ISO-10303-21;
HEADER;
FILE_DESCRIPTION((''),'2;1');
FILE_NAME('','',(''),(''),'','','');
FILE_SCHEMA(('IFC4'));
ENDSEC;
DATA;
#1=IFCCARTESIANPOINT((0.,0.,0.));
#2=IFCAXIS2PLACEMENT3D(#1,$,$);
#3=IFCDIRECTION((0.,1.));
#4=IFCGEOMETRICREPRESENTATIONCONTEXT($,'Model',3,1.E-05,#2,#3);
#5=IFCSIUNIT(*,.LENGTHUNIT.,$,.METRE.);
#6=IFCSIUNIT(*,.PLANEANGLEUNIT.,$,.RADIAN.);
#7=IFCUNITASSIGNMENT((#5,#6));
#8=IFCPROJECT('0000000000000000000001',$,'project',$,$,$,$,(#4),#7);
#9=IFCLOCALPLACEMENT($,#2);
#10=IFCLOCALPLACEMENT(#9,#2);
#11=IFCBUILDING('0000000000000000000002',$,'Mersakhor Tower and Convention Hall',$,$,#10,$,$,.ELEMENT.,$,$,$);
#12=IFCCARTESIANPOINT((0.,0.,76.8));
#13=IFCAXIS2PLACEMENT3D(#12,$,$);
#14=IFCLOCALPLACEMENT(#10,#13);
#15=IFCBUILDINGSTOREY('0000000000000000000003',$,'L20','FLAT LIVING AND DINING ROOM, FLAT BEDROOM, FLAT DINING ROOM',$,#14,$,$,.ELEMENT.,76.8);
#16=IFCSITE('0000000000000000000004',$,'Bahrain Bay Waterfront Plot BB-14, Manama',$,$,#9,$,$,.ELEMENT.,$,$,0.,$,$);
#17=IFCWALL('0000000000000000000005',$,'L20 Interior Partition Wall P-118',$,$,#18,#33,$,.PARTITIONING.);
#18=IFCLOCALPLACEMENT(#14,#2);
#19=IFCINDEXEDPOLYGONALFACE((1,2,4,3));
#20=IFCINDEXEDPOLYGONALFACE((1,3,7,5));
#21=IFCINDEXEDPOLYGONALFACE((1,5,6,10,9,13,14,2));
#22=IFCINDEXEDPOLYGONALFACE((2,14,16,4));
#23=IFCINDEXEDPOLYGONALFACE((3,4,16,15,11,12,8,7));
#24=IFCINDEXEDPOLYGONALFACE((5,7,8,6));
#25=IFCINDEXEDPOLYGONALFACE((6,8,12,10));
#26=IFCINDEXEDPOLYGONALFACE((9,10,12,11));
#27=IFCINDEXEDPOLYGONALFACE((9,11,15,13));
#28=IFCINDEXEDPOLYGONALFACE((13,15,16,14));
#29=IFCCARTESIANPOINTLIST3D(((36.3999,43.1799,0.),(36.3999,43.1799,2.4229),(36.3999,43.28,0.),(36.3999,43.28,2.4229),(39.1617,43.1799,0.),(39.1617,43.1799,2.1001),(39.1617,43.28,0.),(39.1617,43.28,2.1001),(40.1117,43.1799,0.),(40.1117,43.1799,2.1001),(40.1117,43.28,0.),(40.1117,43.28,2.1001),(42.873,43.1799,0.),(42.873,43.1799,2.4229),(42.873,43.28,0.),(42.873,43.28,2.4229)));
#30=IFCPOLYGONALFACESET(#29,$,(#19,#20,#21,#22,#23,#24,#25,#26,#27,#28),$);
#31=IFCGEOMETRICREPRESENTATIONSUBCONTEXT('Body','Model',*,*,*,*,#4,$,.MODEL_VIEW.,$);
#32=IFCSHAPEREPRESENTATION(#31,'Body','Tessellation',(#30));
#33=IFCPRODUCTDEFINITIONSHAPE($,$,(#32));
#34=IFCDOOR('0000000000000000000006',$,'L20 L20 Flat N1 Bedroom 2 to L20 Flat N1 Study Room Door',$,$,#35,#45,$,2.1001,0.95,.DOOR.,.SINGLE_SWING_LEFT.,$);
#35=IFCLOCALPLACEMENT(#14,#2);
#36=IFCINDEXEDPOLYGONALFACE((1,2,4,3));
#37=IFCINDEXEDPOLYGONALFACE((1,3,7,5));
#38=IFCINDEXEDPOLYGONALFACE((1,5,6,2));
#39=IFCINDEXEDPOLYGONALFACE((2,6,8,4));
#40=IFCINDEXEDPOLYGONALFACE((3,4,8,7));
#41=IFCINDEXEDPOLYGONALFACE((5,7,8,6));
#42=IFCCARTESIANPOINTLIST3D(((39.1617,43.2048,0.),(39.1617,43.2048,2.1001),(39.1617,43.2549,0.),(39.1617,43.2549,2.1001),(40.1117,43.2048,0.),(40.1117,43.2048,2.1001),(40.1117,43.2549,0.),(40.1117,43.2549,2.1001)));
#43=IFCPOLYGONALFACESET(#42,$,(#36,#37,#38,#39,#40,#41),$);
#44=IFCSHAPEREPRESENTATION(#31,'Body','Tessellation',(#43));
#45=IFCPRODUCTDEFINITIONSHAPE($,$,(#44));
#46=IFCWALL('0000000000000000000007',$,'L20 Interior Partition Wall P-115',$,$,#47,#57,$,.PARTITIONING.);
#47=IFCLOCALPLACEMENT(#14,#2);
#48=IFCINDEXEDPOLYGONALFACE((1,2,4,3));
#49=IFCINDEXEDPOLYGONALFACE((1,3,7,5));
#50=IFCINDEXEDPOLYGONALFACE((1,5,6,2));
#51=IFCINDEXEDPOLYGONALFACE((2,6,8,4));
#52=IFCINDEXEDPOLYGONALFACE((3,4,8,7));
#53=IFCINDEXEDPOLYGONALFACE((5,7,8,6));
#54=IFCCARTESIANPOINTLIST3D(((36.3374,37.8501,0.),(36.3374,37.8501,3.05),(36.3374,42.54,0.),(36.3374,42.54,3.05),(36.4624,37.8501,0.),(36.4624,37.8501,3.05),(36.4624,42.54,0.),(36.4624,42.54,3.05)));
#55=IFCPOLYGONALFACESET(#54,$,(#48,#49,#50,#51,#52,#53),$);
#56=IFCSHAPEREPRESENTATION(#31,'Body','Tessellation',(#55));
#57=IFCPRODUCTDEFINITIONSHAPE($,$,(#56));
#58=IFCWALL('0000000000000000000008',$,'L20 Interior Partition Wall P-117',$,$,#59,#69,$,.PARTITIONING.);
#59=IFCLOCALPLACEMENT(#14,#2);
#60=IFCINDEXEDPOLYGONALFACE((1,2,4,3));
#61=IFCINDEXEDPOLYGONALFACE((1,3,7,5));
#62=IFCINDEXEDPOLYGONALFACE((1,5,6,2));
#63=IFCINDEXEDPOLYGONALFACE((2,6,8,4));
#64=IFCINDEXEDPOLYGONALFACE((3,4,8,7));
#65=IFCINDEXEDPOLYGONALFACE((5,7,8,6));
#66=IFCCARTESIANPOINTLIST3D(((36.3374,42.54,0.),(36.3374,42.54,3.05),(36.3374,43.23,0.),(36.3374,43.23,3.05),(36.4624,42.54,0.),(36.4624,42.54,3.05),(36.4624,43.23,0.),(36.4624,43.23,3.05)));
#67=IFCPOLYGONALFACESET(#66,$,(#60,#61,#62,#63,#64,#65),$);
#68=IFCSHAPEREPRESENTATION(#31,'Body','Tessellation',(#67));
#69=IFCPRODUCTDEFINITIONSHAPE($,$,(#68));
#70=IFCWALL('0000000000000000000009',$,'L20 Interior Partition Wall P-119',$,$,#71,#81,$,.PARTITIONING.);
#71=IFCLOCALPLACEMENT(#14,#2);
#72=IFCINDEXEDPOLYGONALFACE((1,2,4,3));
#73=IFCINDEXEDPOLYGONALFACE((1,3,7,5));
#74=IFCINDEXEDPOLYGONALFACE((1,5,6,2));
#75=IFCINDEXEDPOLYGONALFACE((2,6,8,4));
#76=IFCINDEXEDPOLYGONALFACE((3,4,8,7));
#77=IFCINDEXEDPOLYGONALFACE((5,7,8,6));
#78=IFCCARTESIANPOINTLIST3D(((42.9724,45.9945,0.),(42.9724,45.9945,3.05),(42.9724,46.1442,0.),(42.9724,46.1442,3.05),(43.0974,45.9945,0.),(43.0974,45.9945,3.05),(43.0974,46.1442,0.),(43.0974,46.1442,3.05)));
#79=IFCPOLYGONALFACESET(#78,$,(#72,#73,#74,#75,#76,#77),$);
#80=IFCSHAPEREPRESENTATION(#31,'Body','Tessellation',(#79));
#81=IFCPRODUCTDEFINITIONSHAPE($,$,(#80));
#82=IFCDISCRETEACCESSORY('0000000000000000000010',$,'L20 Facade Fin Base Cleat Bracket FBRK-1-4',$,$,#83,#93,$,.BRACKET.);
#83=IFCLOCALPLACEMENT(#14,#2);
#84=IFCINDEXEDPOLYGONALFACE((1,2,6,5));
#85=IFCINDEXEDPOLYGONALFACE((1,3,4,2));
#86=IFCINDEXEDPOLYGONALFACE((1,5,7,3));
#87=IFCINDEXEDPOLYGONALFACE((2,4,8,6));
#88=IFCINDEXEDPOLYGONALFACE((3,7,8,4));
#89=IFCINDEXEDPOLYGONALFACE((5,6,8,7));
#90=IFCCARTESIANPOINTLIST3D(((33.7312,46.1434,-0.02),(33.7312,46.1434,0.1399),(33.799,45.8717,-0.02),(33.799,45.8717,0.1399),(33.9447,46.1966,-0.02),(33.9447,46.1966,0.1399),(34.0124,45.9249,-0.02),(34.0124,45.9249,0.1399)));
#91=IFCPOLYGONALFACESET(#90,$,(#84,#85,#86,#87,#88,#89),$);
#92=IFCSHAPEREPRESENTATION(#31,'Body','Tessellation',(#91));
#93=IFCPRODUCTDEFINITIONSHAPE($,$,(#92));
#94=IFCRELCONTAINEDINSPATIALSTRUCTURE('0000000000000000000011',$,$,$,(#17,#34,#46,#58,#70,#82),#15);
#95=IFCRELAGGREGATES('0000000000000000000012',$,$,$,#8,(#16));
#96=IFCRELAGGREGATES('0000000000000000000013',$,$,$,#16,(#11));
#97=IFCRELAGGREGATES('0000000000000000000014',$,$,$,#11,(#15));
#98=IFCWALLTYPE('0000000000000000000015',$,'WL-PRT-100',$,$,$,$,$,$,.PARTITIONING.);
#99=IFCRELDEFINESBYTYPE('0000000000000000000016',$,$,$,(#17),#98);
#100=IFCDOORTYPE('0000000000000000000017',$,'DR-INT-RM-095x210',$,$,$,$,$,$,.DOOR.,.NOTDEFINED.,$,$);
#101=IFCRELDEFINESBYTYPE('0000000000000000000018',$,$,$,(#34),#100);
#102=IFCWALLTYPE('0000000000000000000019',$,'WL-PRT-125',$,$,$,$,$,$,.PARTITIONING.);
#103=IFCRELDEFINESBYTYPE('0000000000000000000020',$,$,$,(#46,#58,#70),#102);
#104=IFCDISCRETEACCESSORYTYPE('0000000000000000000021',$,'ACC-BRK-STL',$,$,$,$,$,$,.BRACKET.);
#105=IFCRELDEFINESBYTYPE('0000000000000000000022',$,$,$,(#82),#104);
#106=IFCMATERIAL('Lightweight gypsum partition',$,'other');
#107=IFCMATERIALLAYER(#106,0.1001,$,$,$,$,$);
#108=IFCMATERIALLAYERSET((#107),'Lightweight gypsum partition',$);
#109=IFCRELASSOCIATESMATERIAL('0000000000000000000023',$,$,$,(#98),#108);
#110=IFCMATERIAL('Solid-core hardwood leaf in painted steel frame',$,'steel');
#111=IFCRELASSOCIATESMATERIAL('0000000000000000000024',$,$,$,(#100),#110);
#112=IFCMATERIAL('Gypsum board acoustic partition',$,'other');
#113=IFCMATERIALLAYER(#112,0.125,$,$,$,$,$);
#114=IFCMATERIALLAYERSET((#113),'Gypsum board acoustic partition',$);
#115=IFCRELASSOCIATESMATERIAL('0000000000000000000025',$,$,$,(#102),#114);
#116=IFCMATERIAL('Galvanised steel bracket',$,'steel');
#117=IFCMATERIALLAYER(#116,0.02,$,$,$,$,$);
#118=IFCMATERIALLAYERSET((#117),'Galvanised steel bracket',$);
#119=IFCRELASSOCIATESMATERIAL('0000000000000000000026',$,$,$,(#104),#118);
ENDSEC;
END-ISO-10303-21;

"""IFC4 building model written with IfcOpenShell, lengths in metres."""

from ifc_helpers import new_model, si_unit, direction, frame, frame_2d, origin, origin_2d, place, context, subcontext, project, spatial, rectangle, extrude, material, layer, layer_set, type_object, element, fill, save


model = new_model("IFC4")

# Units and contexts
model_context = context("Model", 3, precision=1e-05, world=origin(), true_north=direction((0.0, 1.0)))
body_context = subcontext(model_context, "Body", "Model", "MODEL_VIEW")
ifc_project = project(units=[si_unit("LENGTHUNIT", "METRE"), si_unit("PLANEANGLEUNIT", "RADIAN")], contexts=[model_context])

# Site, building, storey
site_placement = place(None, origin())
site = spatial("IfcSite", under=ifc_project, at=site_placement, Name="Bahrain Bay Waterfront Plot BB-14, Manama", CompositionType="ELEMENT", RefElevation=0.0)
building_placement = place(site_placement, origin())
building = spatial("IfcBuilding", under=site, at=building_placement, Name="Mersakhor Tower and Convention Hall", CompositionType="ELEMENT")
storey_placement = place(building_placement, frame((0.0, 0.0, 76.8)))
storey = spatial("IfcBuildingStorey", under=building, at=storey_placement, Name="L20", Description="FLAT LIVING AND DINING ROOM, FLAT BEDROOM, FLAT DINING ROOM", CompositionType="ELEMENT", Elevation=76.8)

# Shared definitions
ifc_material_1 = material(Name="Lightweight gypsum partition", Category="other")
ifc_layer_1 = layer(ifc_material_1, 0.1001)
ifc_layer_set_1 = layer_set([ifc_layer_1], Name="Lightweight gypsum partition")
wall_type_1 = type_object("IfcWallType", Name="WL-PRT-100", PredefinedType="PARTITIONING", material=ifc_layer_set_1)
ifc_material_2 = material(Name="Solid-core hardwood leaf in painted steel frame", Category="steel")
door_type_1 = type_object("IfcDoorType", Name="DR-INT-RM-095x210", OperationType="NOTDEFINED", PredefinedType="DOOR", material=ifc_material_2)

# Wall, opening, door
wall_1_placement = place(storey_placement, frame((36.3999, 43.23, 0.0), z_axis=(0.0, 0.0, 1.0), x_axis=(1.0, 0.0, 0.0)))
wall_1 = element("IfcWall", 1, at=wall_1_placement, inside=storey, type_object=wall_type_1, Name="L20 Interior Partition Wall P-118", PredefinedType="PARTITIONING", context=body_context, shape_type="SweptSolid", body=[
    extrude(rectangle(XDim=6.4731, YDim=0.1001, at=frame_2d((3.2366, 0.0))), origin(), (0.0, 0.0, 1.0), 2.4229),
])
opening_1_placement = place(wall_1_placement, frame((2.7617, 0.0, 0.0)))
opening_1 = element("IfcOpeningElement", 2, at=opening_1_placement, cuts=wall_1, PredefinedType="OPENING", context=body_context, shape_type="SweptSolid", body=[
    extrude(rectangle(XDim=0.95, YDim=2.1001, at=frame_2d((0.4751, 1.05))), frame((0.0, 0.0601, 0.0), z_axis=(0.0, -1.0, 0.0), x_axis=(1.0, 0.0, 0.0)), (0.0, 0.0, 1.0), 0.1201),
])
door_1_placement = place(opening_1_placement, origin())
door_1 = element("IfcDoor", 3, at=door_1_placement, inside=storey, type_object=door_type_1, Name="L20 L20 Flat N1 Bedroom 2 to L20 Flat N1 Study Room Door", OperationType="SINGLE_SWING_LEFT", OverallHeight=2.1001, OverallWidth=0.95, PredefinedType="DOOR", context=body_context, shape_type="SweptSolid", body=[
    extrude(rectangle(XDim=0.95, YDim=2.1001, at=frame_2d((0.4751, 1.05))), frame((0.0, 0.0249, 0.0), z_axis=(0.0, -1.0, 0.0), x_axis=(1.0, 0.0, 0.0)), (0.0, 0.0, 1.0), 0.05),
])
fill(opening_1, door_1)

# Walls
ifc_material_3 = material(Name="Gypsum board acoustic partition", Category="other")
ifc_layer_2 = layer(ifc_material_3, 0.125)
ifc_layer_set_2 = layer_set([ifc_layer_2], Name="Gypsum board acoustic partition")
wall_type_2 = type_object("IfcWallType", Name="WL-PRT-125", PredefinedType="PARTITIONING", material=ifc_layer_set_2)
wall_2_placement = place(storey_placement, frame((36.3999, 42.54, 0.0), z_axis=(0.0, 0.0, 1.0), x_axis=(0.0, -1.0, 0.0)))
element("IfcWall", 4, at=wall_2_placement, inside=storey, type_object=wall_type_2, Name="L20 Interior Partition Wall P-115", PredefinedType="PARTITIONING", context=body_context, shape_type="SweptSolid", body=[
    extrude(rectangle(XDim=4.6899, YDim=0.125, at=frame_2d((2.345, 0.0))), origin(), (0.0, 0.0, 1.0), 3.05),
])
wall_3_placement = place(storey_placement, frame((36.3999, 43.23, 0.0), z_axis=(0.0, 0.0, 1.0), x_axis=(0.0, -1.0, 0.0)))
element("IfcWall", 5, at=wall_3_placement, inside=storey, type_object=wall_type_2, Name="L20 Interior Partition Wall P-117", PredefinedType="PARTITIONING", context=body_context, shape_type="SweptSolid", body=[
    extrude(rectangle(XDim=0.6899, YDim=0.125, at=frame_2d((0.345, 0.0))), origin(), (0.0, 0.0, 1.0), 3.05),
])
wall_4_placement = place(storey_placement, frame((43.0349, 46.144, 0.0), z_axis=(0.0, 0.0, 1.0), x_axis=(0.0, -1.0, 0.0)))
element("IfcWall", 6, at=wall_4_placement, inside=storey, type_object=wall_type_2, Name="L20 Interior Partition Wall P-119", PredefinedType="PARTITIONING", context=body_context, shape_type="SweptSolid", body=[
    extrude(rectangle(XDim=0.1497, YDim=0.125, at=frame_2d((0.0747, 0.0))), origin(), (0.0, 0.0, 1.0), 3.05),
])

# Discrete accessory
ifc_material_4 = material(Name="Galvanised steel bracket", Category="steel")
ifc_layer_3 = layer(ifc_material_4, 0.02)
ifc_layer_set_3 = layer_set([ifc_layer_3], Name="Galvanised steel bracket")
discrete_accessory_type = type_object("IfcDiscreteAccessoryType", Name="ACC-BRK-STL", PredefinedType="BRACKET", material=ifc_layer_set_3)
discrete_accessory_placement = place(storey_placement, frame((33.8718, 46.0342, -0.02), z_axis=(0.0, 0.0, 1.0), x_axis=(-0.241922, 0.970296, 0.0)))
element("IfcDiscreteAccessory", 7, at=discrete_accessory_placement, inside=storey, type_object=discrete_accessory_type, Name="L20 Facade Fin Base Cleat Bracket FBRK-1-4", PredefinedType="BRACKET", context=body_context, shape_type="SweptSolid", body=[
    extrude(rectangle(XDim=0.28, YDim=0.22, at=origin_2d()), origin(), (0.0, 0.0, 1.0), 0.1599),
])

save(model, "model.ifc")
